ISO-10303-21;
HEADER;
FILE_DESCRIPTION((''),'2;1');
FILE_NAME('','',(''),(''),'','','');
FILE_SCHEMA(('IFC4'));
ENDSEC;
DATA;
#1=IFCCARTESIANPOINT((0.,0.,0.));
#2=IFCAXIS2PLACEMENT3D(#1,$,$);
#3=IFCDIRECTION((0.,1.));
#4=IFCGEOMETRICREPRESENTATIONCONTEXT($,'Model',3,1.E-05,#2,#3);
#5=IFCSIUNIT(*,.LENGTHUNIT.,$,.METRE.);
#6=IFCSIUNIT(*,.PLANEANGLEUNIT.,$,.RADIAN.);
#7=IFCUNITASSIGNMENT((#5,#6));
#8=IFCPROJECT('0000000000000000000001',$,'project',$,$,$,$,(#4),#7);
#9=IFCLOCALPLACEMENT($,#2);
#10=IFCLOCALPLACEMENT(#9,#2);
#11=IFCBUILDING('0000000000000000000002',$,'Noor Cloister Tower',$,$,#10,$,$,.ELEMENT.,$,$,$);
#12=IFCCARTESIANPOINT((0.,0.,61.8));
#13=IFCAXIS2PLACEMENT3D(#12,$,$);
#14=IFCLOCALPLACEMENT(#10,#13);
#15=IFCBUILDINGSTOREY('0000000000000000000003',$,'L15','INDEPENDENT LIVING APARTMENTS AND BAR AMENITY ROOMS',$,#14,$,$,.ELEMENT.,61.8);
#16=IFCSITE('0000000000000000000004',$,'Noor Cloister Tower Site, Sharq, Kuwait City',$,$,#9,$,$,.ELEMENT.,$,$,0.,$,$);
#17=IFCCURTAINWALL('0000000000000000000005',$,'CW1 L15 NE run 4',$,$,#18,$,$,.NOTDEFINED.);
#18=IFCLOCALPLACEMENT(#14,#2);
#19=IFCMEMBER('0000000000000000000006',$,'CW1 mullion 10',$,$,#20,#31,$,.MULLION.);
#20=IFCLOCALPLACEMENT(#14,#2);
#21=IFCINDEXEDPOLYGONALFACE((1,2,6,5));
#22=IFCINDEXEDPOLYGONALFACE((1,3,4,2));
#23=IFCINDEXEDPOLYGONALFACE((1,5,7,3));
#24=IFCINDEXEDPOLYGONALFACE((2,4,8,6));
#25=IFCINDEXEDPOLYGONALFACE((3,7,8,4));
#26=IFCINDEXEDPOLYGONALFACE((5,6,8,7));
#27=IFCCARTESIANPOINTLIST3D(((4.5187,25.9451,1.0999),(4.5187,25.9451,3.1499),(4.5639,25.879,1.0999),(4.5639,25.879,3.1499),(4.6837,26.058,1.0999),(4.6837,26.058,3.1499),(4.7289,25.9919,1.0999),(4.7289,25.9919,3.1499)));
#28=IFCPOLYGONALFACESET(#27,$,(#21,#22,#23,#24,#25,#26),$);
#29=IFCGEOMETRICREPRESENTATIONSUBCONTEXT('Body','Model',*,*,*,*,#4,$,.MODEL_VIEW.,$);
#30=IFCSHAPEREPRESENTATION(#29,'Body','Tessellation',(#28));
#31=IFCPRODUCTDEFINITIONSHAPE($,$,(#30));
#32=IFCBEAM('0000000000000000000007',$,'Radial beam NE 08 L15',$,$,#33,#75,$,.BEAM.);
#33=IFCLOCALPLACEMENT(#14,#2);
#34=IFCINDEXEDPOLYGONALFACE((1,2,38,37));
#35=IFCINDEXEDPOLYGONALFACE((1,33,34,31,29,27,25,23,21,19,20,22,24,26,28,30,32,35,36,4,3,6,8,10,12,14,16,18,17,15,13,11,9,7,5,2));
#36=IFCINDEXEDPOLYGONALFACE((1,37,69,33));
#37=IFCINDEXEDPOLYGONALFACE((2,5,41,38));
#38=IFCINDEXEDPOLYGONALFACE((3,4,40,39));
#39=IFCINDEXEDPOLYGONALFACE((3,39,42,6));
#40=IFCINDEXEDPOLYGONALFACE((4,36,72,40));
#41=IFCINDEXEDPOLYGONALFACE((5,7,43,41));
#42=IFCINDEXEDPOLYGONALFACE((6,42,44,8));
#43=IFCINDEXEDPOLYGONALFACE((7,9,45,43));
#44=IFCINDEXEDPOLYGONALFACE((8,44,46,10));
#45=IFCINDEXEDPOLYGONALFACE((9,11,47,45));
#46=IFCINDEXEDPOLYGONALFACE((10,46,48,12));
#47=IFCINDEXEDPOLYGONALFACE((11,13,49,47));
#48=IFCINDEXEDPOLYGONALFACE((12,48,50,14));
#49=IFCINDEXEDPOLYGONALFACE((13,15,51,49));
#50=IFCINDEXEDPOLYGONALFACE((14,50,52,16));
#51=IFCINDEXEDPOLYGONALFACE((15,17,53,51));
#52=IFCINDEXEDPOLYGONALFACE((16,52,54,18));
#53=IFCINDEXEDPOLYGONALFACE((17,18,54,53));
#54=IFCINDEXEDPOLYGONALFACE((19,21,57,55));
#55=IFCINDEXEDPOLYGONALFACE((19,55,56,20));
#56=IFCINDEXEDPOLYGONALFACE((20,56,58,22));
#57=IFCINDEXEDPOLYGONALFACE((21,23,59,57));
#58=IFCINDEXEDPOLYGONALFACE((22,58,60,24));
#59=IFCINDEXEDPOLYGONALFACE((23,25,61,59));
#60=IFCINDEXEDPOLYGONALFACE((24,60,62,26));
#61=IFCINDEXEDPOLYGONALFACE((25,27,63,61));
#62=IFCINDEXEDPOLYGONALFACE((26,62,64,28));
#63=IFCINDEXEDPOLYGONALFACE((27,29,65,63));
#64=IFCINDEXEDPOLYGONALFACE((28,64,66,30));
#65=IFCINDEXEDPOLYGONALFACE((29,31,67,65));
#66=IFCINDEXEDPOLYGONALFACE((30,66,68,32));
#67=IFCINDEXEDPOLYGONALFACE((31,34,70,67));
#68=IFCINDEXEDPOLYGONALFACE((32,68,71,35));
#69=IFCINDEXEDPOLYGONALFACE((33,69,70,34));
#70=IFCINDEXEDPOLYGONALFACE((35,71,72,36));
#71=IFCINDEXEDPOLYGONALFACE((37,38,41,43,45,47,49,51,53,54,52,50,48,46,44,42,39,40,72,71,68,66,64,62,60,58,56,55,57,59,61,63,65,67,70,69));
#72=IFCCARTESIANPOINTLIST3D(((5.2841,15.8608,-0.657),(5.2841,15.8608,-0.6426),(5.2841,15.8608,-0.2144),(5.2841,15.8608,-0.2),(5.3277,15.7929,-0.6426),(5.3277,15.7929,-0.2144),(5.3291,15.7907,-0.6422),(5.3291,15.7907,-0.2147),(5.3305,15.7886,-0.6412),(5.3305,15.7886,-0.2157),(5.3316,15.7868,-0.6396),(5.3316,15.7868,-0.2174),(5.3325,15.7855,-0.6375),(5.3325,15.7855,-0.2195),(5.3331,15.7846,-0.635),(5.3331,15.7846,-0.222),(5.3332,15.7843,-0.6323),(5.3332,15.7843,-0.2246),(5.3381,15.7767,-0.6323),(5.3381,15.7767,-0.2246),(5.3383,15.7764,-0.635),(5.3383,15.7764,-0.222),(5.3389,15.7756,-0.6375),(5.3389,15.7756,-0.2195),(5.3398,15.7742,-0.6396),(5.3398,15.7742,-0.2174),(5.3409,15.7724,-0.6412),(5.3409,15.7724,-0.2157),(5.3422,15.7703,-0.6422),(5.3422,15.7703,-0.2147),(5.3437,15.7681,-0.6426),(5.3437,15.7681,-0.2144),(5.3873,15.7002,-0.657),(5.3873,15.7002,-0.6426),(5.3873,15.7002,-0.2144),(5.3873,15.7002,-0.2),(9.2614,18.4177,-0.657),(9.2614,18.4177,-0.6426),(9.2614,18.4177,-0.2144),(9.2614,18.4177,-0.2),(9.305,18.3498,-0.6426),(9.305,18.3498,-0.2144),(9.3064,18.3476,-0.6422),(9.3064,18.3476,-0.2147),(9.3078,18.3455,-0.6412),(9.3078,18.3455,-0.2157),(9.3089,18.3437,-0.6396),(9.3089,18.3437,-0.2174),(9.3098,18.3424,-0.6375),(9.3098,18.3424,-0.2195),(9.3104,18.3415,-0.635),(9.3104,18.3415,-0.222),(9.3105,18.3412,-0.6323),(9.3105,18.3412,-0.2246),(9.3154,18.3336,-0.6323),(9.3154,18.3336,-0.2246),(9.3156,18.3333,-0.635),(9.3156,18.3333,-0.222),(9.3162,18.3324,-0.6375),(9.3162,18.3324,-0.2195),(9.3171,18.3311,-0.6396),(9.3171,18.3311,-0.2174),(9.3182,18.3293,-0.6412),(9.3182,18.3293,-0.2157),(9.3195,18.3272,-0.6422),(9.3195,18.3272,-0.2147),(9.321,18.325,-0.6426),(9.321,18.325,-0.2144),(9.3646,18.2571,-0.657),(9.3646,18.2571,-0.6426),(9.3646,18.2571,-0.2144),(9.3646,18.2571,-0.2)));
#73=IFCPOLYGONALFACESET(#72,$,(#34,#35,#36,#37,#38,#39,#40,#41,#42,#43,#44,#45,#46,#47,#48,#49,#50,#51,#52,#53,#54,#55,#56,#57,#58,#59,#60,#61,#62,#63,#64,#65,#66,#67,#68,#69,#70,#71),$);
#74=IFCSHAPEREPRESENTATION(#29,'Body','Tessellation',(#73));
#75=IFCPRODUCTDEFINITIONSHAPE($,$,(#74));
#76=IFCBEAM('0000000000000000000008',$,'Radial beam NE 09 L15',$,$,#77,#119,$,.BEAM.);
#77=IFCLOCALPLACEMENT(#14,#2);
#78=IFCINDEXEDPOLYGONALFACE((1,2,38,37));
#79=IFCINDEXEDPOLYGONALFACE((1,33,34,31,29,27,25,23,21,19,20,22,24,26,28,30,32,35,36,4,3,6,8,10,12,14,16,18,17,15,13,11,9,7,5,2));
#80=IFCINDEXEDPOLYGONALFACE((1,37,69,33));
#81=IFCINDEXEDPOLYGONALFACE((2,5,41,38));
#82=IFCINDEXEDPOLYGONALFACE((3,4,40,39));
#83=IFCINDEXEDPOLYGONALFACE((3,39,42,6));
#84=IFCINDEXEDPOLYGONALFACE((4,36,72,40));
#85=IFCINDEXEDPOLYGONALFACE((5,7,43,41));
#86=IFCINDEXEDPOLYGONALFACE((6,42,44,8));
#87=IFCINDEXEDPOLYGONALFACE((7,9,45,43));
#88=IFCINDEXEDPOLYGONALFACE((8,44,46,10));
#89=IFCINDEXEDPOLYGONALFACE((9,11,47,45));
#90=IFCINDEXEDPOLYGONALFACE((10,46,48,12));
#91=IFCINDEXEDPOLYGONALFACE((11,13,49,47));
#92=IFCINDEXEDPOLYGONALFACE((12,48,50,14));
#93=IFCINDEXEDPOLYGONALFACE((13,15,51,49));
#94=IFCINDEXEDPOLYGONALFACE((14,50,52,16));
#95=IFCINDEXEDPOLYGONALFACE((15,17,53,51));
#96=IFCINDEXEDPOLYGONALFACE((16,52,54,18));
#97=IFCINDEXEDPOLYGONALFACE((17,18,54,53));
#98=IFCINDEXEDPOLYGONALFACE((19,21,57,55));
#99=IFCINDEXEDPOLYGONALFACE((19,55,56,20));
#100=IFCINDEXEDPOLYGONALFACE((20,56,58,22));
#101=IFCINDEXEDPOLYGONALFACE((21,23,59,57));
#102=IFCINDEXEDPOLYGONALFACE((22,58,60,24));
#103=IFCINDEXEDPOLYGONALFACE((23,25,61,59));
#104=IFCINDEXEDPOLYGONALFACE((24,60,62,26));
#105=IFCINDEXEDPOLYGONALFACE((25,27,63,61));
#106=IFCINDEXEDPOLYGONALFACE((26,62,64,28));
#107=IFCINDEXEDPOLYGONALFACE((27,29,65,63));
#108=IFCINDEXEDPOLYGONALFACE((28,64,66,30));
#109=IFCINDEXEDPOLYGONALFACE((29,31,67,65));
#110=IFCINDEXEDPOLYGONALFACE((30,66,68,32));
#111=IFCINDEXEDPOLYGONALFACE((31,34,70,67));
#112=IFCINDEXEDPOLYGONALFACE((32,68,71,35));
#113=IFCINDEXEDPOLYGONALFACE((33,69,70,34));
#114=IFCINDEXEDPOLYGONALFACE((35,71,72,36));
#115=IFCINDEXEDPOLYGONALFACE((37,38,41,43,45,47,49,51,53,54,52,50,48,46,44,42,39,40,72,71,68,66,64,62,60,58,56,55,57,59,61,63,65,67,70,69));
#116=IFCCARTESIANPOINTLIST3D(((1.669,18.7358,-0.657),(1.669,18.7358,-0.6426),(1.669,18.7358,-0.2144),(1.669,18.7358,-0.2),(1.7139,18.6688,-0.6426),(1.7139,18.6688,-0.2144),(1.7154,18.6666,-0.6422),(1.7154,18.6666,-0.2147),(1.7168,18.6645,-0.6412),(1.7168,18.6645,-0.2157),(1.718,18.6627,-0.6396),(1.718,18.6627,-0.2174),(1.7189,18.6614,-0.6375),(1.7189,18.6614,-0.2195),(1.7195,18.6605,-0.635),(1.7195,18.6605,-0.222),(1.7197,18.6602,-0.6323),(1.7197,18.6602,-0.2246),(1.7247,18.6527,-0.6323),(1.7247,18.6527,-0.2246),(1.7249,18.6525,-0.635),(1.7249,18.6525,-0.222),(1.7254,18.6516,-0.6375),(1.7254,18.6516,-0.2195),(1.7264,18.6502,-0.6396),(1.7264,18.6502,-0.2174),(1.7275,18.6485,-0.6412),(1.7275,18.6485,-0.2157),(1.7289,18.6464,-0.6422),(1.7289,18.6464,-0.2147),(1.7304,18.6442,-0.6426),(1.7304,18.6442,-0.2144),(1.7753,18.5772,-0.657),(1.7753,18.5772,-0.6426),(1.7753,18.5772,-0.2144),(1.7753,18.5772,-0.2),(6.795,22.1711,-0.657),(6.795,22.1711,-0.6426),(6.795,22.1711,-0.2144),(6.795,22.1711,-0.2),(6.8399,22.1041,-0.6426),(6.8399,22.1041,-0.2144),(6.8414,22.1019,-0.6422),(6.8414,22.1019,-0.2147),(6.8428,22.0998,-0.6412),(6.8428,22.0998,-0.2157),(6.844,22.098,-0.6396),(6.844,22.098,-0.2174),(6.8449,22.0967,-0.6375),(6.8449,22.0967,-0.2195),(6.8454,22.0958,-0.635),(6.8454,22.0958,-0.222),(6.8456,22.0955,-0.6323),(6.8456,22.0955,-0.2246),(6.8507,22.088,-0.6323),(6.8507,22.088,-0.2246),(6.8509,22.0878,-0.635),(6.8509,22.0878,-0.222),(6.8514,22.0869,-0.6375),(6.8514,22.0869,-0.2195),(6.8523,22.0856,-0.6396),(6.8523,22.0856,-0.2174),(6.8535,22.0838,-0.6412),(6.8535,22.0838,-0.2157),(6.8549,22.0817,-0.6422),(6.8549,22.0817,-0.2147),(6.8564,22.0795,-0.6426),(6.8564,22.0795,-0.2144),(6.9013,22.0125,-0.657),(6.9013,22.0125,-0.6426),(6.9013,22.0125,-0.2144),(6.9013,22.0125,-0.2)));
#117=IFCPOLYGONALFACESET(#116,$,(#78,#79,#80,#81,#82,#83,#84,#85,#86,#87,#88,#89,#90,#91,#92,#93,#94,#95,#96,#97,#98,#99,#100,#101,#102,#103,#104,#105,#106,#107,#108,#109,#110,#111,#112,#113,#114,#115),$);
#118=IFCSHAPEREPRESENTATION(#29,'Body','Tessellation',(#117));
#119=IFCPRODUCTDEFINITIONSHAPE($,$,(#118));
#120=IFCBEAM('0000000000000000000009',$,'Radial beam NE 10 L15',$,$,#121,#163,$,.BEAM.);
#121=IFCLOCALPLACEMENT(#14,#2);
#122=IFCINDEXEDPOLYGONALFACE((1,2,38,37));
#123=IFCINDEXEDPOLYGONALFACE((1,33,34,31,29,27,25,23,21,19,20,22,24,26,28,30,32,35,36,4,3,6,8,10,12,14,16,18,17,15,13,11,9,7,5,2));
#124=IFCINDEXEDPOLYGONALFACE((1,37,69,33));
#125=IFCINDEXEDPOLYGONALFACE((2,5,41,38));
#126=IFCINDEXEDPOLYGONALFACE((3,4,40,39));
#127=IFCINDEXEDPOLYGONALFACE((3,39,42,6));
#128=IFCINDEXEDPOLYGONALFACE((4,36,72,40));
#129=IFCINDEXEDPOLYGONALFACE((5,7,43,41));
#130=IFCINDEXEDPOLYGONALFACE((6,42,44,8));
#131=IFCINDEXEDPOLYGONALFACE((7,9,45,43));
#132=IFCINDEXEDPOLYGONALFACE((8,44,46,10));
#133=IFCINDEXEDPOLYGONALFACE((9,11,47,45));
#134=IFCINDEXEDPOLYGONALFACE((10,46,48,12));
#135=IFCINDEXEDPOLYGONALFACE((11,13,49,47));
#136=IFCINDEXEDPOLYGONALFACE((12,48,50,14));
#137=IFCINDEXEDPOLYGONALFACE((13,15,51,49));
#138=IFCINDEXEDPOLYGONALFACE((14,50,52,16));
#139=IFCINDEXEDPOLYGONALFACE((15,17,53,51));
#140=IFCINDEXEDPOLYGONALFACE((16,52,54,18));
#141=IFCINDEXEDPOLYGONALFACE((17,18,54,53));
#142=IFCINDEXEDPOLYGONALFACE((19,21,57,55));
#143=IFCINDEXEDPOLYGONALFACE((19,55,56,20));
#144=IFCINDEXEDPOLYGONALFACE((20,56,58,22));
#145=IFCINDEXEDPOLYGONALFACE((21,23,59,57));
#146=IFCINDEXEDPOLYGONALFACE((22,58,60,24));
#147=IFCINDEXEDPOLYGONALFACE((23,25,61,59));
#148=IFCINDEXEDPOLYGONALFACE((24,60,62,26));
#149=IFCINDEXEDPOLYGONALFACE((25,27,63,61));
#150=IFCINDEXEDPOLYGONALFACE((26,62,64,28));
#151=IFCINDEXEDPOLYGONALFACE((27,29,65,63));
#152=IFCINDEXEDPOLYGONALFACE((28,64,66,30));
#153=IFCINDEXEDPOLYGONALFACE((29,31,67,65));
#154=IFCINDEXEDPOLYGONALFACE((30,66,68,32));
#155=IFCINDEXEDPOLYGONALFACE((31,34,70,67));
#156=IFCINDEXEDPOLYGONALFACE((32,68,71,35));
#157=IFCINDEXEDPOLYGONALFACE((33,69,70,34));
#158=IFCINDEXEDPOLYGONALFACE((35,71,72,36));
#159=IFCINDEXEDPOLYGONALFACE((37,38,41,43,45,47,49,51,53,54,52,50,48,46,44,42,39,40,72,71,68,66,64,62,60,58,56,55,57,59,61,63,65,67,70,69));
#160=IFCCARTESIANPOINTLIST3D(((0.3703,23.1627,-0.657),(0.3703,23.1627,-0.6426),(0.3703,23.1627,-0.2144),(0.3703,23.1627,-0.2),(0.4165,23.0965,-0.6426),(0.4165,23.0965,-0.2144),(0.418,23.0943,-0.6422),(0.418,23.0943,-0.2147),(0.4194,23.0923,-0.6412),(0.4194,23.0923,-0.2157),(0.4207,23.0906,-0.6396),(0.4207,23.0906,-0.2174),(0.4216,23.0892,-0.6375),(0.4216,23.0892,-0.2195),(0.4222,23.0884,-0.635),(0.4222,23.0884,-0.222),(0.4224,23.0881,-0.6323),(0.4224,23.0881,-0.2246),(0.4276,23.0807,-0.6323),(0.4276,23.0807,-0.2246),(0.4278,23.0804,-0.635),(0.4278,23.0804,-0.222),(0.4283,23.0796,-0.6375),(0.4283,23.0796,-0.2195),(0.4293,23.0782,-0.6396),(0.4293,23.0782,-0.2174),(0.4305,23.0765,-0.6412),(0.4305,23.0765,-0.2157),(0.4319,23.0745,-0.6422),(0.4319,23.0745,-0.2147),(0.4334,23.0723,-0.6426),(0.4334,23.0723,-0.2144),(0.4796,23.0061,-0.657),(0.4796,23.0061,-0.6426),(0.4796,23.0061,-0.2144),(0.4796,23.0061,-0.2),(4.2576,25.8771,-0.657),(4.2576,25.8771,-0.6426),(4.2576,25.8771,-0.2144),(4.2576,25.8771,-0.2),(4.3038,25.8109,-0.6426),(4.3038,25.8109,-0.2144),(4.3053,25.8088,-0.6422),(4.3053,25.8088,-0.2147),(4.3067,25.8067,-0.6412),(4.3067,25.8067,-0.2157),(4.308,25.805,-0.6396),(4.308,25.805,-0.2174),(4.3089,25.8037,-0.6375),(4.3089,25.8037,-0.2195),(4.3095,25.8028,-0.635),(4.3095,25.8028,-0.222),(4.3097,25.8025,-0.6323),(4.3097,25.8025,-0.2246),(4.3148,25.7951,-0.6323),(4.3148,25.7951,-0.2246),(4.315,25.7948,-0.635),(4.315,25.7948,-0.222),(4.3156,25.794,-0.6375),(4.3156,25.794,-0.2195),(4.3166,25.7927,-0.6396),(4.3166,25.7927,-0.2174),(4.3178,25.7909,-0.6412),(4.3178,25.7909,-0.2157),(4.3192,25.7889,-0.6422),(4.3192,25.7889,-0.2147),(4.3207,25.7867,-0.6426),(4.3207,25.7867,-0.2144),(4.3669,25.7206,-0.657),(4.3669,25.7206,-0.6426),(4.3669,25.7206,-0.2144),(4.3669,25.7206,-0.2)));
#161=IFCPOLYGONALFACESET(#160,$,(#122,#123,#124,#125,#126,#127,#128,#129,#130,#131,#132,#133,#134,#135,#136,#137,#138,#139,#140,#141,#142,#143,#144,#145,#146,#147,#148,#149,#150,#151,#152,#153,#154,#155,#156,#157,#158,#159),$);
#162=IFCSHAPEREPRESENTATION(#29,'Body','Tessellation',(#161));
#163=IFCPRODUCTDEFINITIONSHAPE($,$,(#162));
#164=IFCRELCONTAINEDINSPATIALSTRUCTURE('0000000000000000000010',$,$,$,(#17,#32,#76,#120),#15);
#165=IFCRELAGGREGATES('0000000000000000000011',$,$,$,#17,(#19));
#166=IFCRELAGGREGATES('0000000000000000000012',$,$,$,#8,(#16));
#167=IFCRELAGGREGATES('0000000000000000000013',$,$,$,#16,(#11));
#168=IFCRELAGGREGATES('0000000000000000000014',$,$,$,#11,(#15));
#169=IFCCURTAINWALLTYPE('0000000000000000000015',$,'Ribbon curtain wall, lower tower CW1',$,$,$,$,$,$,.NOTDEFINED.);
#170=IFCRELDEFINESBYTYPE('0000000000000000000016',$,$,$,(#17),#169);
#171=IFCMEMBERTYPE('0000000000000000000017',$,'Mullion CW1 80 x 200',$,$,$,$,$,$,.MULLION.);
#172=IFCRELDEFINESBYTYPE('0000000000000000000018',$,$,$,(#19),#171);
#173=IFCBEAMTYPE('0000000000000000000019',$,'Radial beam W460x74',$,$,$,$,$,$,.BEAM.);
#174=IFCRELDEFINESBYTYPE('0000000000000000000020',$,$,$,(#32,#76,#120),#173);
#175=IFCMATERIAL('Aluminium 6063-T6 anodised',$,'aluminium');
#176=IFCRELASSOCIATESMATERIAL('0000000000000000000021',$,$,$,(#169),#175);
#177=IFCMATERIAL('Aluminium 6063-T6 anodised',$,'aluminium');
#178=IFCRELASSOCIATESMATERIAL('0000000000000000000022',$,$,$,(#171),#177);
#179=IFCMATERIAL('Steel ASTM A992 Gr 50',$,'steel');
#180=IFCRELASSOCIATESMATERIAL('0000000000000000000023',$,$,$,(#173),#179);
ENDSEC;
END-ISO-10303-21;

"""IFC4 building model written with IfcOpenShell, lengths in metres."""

from ifc_helpers import new_model, si_unit, direction, frame, origin, origin_2d, place, context, subcontext, project, spatial, rectangle, i_section, extrude, material, material_profile, profile_set, type_object, element, aggregate, save


model = new_model("IFC4")

# Units and contexts
model_context = context("Model", 3, precision=1e-05, world=origin(), true_north=direction((0.0, 1.0)))
body_context = subcontext(model_context, "Body", "Model", "MODEL_VIEW")
ifc_project = project(units=[si_unit("LENGTHUNIT", "METRE"), si_unit("PLANEANGLEUNIT", "RADIAN")], contexts=[model_context])

# Site, building, storey
site_placement = place(None, origin())
site = spatial("IfcSite", under=ifc_project, at=site_placement, Name="Noor Cloister Tower Site, Sharq, Kuwait City", CompositionType="ELEMENT", RefElevation=0.0)
building_placement = place(site_placement, origin())
building = spatial("IfcBuilding", under=site, at=building_placement, Name="Noor Cloister Tower", CompositionType="ELEMENT")
storey_placement = place(building_placement, frame((0.0, 0.0, 61.8)))
storey = spatial("IfcBuildingStorey", under=building, at=storey_placement, Name="L15", Description="INDEPENDENT LIVING APARTMENTS AND BAR AMENITY ROOMS", CompositionType="ELEMENT", Elevation=61.8)

# Curtain wall, member
ifc_material_1 = material(Name="Aluminium 6063-T6 anodised", Category="aluminium")
curtain_wall_type = type_object("IfcCurtainWallType", Name="Ribbon curtain wall, lower tower CW1", PredefinedType="NOTDEFINED", material=ifc_material_1)
curtain_wall_placement = place(storey_placement, origin())
curtain_wall = element("IfcCurtainWall", 1, at=curtain_wall_placement, inside=storey, type_object=curtain_wall_type, Name="CW1 L15 NE run 4", PredefinedType="NOTDEFINED")
ifc_material_2 = material(Name="Aluminium 6063-T6 anodised", Category="aluminium")
ifc_material_profile_1 = material_profile(ifc_material_2, rectangle(XDim=0.2, YDim=0.0801, at=origin_2d()), Name="200 x 80 mullion")
ifc_profile_set_1 = profile_set([ifc_material_profile_1], Name="Aluminium 6063-T6 anodised")
member_type = type_object("IfcMemberType", Name="Mullion CW1 80 x 200", PredefinedType="MULLION", material=ifc_profile_set_1)
member_1_placement = place(storey_placement, frame((4.6238, 25.9685, 1.0999), z_axis=(0.0, 0.0, 1.0), x_axis=(-0.825345, -0.564629, 0.0)))
member_1 = element("IfcMember", 2, at=member_1_placement, type_object=member_type, Name="CW1 mullion 10", PredefinedType="MULLION", context=body_context, shape_type="SweptSolid", body=[
    extrude(rectangle(XDim=0.2, YDim=0.0801, at=origin_2d()), origin(), (0.0, 0.0, 1.0), 2.05),
])

# Beams
ifc_material_3 = material(Name="Steel ASTM A992 Gr 50", Category="steel")
ifc_material_profile_2 = material_profile(ifc_material_3, i_section(OverallWidth=0.1909, OverallDepth=0.457, WebThickness=0.009, FlangeThickness=0.0144, FilletRadius=0.0103, at=origin_2d()), Name="W460x74")
ifc_profile_set_2 = profile_set([ifc_material_profile_2], Name="Steel ASTM A992 Gr 50")
beam_type_1 = type_object("IfcBeamType", Name="Radial beam W460x74", PredefinedType="BEAM", material=ifc_profile_set_2)
beam_1_placement = place(storey_placement, frame((9.313, 18.3374, -0.4285), z_axis=(-0.841173, -0.540765, 0.0), x_axis=(0.540765, -0.841173, 0.0)))
element("IfcBeam", 3, at=beam_1_placement, inside=storey, type_object=beam_type_1, Name="Radial beam NE 08 L15", PredefinedType="BEAM", context=body_context, shape_type="SweptSolid", body=[
    extrude(i_section(OverallWidth=0.1909, OverallDepth=0.457, WebThickness=0.009, FlangeThickness=0.0144, FilletRadius=0.0103, at=origin_2d()), origin(), (0.0, 0.0, 1.0), 4.7283),
])
beam_2_placement = place(storey_placement, frame((6.8481, 22.0918, -0.4285), z_axis=(-0.830703, -0.556716, 0.0), x_axis=(0.556716, -0.830703, 0.0)))
element("IfcBeam", 4, at=beam_2_placement, inside=storey, type_object=beam_type_1, Name="Radial beam NE 09 L15", PredefinedType="BEAM", context=body_context, shape_type="SweptSolid", body=[
    extrude(i_section(OverallWidth=0.1909, OverallDepth=0.457, WebThickness=0.009, FlangeThickness=0.0144, FilletRadius=0.0103, at=origin_2d()), origin(), (0.0, 0.0, 1.0), 6.1707),
])
beam_3_placement = place(storey_placement, frame((4.3123, 25.7988, -0.4285), z_axis=(-0.819894, -0.572515, 0.0), x_axis=(0.572515, -0.819894, 0.0)))
element("IfcBeam", 5, at=beam_3_placement, inside=storey, type_object=beam_type_1, Name="Radial beam NE 10 L15", PredefinedType="BEAM", context=body_context, shape_type="SweptSolid", body=[
    extrude(i_section(OverallWidth=0.1909, OverallDepth=0.457, WebThickness=0.009, FlangeThickness=0.0144, FilletRadius=0.0103, at=origin_2d()), origin(), (0.0, 0.0, 1.0), 4.7412),
])

aggregate(curtain_wall, [member_1])

save(model, "model.ifc")
